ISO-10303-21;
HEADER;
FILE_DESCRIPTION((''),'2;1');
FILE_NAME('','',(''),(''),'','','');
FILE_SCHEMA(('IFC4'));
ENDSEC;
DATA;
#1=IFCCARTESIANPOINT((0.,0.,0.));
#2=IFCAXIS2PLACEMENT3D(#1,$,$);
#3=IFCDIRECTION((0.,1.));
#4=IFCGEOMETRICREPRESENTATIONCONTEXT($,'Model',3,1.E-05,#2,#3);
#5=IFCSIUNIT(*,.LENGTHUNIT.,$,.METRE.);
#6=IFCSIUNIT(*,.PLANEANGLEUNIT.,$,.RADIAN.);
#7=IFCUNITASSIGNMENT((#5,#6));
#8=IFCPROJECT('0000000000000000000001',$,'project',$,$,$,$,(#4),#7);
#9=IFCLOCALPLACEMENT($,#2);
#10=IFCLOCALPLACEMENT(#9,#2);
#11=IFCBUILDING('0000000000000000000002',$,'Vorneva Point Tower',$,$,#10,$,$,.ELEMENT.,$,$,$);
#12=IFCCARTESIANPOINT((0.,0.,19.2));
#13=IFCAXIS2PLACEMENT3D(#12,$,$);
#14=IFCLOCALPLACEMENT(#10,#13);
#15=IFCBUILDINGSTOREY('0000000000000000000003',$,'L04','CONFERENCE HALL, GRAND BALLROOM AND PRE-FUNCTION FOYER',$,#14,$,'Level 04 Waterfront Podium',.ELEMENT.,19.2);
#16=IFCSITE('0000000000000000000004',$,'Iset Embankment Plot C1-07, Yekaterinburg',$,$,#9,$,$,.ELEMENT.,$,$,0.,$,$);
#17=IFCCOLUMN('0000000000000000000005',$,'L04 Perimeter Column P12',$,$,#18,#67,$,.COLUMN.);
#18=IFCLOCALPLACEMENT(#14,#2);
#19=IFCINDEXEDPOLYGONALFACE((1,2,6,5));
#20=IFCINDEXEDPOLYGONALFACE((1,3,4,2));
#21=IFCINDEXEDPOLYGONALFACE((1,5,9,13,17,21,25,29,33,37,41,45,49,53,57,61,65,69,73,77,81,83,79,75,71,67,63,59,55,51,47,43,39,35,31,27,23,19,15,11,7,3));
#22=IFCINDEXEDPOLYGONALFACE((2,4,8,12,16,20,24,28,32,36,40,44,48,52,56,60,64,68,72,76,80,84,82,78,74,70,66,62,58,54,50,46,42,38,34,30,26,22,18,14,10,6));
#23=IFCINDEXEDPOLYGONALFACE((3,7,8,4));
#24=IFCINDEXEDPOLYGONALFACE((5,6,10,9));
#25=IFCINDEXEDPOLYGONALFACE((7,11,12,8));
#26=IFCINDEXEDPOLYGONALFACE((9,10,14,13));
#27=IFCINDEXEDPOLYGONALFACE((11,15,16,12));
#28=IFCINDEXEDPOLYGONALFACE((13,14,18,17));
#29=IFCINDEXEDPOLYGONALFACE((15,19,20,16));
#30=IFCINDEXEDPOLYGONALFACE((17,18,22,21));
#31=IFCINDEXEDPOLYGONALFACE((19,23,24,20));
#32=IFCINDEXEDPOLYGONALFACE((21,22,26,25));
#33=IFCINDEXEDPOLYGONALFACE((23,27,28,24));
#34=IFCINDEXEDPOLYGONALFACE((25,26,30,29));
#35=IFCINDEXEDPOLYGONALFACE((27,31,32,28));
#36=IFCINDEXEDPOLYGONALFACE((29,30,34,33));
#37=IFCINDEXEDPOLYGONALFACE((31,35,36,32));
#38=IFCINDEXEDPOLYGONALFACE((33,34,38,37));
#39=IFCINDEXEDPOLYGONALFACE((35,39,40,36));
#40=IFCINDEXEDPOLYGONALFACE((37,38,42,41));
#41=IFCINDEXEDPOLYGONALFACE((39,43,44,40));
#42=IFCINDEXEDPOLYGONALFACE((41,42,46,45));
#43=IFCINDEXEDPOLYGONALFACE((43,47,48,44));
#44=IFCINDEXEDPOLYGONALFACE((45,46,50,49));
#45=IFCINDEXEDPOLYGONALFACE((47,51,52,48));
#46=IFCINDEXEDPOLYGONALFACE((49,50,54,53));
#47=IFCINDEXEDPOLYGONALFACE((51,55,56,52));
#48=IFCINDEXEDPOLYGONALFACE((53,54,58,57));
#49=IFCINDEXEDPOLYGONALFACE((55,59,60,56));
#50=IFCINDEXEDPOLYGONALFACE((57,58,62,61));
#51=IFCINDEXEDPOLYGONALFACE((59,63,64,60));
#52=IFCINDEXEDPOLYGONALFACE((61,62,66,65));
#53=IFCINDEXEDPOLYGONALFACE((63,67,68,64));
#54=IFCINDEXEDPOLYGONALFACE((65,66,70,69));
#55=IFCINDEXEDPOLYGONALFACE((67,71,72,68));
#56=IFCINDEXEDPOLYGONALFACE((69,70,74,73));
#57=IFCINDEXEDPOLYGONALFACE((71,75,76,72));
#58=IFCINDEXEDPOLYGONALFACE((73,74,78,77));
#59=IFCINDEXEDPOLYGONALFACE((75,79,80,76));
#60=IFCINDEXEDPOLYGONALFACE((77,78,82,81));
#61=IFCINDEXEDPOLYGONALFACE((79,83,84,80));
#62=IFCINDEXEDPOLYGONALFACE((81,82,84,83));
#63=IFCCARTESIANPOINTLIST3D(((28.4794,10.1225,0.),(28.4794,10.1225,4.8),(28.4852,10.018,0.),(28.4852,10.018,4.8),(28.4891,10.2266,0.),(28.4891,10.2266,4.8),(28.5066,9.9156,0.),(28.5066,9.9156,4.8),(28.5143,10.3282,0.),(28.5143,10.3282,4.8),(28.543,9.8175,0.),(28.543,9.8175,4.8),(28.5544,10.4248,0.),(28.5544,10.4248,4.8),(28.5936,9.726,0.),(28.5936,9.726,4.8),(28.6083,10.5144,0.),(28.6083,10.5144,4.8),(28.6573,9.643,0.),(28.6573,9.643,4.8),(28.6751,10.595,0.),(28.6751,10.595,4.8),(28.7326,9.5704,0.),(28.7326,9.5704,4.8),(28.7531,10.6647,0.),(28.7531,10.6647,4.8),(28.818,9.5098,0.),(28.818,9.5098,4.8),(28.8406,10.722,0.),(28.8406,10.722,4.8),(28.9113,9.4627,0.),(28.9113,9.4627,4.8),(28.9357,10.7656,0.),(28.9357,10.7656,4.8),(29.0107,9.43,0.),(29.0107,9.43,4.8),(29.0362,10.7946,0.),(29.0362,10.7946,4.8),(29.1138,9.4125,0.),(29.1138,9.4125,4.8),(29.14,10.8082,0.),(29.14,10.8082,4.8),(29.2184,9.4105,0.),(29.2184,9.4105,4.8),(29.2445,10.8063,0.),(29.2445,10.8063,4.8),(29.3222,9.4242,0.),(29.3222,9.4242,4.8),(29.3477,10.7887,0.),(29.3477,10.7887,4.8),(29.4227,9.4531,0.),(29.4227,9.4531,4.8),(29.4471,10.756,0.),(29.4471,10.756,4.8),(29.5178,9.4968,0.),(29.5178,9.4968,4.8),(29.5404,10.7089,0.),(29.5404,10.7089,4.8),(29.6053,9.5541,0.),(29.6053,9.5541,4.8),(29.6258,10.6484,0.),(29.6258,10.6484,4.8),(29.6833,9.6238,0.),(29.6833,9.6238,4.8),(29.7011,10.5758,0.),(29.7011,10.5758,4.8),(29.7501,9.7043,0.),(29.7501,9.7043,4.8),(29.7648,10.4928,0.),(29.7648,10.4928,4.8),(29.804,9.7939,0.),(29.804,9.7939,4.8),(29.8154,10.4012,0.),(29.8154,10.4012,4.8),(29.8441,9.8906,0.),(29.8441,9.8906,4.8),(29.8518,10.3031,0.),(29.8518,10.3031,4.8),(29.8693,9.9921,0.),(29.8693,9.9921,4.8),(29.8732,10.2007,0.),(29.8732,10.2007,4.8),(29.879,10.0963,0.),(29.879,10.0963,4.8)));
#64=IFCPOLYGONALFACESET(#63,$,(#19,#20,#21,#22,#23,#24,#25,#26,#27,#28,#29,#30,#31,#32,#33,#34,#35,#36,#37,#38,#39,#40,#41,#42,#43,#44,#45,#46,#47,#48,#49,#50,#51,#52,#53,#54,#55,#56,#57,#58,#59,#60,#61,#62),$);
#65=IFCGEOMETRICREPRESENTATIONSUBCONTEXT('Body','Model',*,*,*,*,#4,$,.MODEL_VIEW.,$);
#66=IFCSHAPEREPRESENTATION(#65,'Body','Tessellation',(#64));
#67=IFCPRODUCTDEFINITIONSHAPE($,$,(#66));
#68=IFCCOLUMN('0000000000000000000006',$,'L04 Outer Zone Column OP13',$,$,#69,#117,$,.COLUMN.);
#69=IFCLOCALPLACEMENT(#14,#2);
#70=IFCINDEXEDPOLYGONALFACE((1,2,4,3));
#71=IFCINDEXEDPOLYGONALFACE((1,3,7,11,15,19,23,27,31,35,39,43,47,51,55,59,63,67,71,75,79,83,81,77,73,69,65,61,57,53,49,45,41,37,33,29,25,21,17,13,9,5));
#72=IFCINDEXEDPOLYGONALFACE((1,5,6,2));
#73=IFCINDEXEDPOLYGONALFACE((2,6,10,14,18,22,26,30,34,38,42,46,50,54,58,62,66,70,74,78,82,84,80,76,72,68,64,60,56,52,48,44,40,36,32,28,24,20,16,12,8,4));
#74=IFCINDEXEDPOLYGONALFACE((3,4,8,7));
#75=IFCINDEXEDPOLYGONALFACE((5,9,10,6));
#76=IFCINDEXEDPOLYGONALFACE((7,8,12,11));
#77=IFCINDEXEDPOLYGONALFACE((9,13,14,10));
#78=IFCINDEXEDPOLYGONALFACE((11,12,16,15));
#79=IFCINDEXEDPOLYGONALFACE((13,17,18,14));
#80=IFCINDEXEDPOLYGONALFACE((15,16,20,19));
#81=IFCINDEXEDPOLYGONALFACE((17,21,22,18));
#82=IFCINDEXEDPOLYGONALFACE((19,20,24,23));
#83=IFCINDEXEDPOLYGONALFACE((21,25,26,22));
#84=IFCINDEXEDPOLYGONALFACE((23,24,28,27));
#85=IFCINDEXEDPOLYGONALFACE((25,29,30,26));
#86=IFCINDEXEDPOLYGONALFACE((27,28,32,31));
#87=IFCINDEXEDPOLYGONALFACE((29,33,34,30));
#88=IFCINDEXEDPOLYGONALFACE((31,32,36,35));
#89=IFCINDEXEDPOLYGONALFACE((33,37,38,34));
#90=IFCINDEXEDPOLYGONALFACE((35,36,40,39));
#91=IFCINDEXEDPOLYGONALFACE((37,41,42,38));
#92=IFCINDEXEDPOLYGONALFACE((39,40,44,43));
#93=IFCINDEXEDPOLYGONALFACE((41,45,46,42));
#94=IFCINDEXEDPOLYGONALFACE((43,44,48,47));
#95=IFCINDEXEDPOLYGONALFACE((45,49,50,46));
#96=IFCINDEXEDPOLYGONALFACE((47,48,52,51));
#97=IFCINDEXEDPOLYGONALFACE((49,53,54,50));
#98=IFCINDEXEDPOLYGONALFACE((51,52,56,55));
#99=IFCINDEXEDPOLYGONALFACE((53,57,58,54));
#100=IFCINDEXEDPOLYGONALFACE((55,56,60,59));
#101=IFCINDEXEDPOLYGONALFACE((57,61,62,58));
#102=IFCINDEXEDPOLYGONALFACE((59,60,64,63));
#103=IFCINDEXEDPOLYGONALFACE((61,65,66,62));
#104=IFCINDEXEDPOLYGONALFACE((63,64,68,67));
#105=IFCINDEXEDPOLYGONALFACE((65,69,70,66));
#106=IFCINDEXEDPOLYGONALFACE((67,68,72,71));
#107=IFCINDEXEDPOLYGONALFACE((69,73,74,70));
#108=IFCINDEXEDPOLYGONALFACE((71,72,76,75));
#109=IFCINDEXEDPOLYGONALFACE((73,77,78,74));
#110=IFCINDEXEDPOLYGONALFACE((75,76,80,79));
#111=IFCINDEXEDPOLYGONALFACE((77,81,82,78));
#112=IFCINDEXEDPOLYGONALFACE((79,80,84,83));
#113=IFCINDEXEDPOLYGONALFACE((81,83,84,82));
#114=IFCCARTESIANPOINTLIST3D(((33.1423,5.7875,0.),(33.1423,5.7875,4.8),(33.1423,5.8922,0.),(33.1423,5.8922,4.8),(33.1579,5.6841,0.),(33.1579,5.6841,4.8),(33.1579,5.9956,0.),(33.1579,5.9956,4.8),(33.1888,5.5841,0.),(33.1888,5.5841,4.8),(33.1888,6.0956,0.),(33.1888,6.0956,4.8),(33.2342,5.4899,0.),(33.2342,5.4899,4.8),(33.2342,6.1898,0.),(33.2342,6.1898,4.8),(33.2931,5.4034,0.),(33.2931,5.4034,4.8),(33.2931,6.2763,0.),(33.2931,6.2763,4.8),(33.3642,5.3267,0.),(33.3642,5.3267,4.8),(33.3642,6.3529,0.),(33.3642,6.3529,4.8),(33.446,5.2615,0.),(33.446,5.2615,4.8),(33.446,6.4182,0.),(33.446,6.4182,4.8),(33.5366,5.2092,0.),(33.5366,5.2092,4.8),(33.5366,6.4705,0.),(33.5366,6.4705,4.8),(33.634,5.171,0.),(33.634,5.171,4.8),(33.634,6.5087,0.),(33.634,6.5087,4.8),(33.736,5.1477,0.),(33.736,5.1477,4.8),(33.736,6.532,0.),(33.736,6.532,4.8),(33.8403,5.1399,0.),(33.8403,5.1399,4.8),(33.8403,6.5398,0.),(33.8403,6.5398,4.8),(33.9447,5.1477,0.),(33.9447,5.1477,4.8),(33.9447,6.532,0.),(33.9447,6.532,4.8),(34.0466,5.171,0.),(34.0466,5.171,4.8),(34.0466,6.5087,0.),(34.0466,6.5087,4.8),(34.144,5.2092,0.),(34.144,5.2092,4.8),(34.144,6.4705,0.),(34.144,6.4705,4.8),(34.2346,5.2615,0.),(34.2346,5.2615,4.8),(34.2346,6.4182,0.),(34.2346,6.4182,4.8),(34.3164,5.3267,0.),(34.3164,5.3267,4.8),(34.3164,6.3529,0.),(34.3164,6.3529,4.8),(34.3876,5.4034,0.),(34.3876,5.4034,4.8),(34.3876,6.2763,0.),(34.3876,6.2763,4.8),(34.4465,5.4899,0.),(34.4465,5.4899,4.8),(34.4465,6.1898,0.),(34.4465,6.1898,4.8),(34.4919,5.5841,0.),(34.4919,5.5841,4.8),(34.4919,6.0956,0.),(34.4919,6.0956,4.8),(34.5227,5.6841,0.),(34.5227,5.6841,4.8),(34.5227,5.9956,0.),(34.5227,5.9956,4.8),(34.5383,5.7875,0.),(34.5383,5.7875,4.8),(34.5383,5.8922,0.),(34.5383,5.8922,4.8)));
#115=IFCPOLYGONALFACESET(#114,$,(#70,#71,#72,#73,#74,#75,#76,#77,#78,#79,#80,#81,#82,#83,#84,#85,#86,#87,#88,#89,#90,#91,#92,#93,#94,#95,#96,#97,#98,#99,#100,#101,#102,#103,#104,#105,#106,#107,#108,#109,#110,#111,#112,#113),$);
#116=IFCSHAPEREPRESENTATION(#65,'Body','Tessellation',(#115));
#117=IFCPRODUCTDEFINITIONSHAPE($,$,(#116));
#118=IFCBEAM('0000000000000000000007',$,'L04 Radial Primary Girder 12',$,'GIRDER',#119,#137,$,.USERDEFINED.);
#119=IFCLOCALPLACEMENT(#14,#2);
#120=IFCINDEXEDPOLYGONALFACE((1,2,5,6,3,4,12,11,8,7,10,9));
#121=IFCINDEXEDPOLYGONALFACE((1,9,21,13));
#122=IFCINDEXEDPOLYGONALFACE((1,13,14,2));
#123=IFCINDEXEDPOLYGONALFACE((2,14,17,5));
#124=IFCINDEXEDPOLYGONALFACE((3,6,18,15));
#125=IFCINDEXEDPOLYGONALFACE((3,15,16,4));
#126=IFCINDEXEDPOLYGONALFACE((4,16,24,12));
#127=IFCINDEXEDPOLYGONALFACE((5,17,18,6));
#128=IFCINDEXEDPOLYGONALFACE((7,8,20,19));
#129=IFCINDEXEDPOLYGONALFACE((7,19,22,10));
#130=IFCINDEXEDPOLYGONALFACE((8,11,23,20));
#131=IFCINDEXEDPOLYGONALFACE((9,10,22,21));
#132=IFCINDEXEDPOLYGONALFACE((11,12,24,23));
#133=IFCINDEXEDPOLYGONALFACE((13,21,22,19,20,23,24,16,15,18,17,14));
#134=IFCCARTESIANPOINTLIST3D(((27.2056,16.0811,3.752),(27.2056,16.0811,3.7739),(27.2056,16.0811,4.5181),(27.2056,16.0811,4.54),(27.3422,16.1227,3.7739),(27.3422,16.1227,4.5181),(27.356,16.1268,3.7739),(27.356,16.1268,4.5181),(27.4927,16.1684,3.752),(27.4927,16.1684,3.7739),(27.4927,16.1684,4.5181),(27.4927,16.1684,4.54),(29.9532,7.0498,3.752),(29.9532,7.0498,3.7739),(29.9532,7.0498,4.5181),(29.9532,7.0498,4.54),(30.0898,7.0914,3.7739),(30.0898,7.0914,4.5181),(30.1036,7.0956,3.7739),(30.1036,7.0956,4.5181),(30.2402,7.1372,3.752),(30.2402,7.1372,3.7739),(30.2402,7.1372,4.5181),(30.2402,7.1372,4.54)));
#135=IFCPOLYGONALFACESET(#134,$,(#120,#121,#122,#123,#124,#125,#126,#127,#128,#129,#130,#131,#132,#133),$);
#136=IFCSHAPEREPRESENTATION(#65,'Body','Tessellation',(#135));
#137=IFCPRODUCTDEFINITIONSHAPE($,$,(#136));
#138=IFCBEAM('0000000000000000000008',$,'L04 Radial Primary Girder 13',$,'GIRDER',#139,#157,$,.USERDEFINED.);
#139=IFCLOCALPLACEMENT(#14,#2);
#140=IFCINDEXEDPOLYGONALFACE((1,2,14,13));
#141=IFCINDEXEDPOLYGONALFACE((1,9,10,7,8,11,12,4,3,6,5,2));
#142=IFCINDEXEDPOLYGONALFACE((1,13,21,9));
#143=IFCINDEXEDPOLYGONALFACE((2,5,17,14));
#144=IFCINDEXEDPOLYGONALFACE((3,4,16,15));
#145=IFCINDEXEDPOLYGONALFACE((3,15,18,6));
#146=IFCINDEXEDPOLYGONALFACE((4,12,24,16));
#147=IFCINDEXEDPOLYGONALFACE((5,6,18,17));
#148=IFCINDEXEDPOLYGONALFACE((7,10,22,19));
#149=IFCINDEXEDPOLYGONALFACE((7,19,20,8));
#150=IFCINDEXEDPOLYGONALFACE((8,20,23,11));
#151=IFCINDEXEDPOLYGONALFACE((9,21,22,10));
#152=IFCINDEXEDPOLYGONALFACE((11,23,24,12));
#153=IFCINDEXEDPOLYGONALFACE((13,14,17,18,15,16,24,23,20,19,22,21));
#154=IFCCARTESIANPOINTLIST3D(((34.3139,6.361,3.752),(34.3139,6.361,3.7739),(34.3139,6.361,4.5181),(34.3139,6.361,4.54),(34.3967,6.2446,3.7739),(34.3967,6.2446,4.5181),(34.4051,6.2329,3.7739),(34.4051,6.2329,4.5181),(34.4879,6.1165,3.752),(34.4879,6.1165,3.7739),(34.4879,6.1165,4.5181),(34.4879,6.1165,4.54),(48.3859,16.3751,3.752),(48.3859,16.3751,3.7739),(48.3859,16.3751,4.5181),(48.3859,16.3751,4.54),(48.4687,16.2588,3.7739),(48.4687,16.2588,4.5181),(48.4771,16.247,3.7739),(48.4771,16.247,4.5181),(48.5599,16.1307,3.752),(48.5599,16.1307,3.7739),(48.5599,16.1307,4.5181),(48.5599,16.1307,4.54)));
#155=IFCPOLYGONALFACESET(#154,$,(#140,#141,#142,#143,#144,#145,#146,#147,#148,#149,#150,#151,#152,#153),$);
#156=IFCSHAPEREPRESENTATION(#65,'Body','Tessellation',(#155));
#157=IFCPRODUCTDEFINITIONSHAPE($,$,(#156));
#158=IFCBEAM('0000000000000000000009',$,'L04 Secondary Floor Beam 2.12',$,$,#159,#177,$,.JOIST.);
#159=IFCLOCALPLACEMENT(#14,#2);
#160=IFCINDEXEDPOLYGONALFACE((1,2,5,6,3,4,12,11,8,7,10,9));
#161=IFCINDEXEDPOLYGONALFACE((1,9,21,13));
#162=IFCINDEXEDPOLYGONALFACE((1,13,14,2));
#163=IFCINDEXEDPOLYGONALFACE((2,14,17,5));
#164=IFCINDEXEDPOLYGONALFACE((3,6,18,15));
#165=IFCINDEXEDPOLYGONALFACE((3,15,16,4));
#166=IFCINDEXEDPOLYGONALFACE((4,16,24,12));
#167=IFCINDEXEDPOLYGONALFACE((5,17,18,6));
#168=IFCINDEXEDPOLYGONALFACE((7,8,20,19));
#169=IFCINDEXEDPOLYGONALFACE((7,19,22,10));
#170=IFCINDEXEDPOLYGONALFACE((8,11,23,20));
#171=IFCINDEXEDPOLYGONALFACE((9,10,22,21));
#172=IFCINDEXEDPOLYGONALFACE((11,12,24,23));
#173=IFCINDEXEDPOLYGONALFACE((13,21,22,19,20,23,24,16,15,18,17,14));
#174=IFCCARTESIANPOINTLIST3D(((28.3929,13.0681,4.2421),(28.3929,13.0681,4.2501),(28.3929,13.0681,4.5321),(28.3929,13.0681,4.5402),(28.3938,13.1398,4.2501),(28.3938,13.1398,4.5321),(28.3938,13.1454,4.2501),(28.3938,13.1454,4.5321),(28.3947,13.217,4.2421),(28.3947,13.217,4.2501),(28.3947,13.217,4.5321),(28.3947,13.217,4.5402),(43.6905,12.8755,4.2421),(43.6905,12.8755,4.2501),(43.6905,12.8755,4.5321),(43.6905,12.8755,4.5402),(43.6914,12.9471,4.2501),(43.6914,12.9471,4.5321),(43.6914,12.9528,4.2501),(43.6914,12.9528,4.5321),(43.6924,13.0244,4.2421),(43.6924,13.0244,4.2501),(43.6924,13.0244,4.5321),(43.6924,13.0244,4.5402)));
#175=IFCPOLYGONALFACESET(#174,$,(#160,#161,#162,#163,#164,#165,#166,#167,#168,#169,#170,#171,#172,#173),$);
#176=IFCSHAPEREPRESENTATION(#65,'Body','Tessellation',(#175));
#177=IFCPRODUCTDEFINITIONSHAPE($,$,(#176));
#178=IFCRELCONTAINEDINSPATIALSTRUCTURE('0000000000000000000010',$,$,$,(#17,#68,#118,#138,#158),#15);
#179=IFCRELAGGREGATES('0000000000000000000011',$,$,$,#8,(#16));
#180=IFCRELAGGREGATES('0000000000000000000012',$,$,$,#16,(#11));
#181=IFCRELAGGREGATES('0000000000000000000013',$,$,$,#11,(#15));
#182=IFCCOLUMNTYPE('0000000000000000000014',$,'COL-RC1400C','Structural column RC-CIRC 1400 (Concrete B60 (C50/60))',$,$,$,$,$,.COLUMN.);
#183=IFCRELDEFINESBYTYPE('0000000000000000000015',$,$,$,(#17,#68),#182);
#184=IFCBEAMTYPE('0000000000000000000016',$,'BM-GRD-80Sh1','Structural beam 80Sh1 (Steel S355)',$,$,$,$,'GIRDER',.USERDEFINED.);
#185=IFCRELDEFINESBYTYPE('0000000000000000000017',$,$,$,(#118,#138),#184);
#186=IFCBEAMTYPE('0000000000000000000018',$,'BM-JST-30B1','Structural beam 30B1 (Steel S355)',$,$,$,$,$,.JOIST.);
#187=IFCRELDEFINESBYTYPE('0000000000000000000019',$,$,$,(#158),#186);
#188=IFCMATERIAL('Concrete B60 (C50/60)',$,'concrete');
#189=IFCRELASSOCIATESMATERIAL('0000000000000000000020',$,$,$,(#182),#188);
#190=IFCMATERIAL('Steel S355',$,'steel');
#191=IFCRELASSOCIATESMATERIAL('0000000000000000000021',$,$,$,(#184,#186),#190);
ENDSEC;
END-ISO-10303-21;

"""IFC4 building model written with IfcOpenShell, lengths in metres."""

from ifc_helpers import new_model, si_unit, direction, frame, origin, origin_2d, place, context, subcontext, project, spatial, circle, i_section, extrude, material, material_profile, profile_set, type_object, element, save


model = new_model("IFC4")

# Units and contexts
model_context = context("Model", 3, precision=1e-05, world=origin(), true_north=direction((0.0, 1.0)))
body_context = subcontext(model_context, "Body", "Model", "MODEL_VIEW")
ifc_project = project(units=[si_unit("LENGTHUNIT", "METRE"), si_unit("PLANEANGLEUNIT", "RADIAN")], contexts=[model_context])

# Site, building, storey
site_placement = place(None, origin())
site = spatial("IfcSite", under=ifc_project, at=site_placement, Name="Iset Embankment Plot C1-07, Yekaterinburg", CompositionType="ELEMENT", RefElevation=0.0)
building_placement = place(site_placement, origin())
building = spatial("IfcBuilding", under=site, at=building_placement, Name="Vorneva Point Tower", CompositionType="ELEMENT")
storey_placement = place(building_placement, frame((0.0, 0.0, 19.2)))
storey = spatial("IfcBuildingStorey", under=building, at=storey_placement, Name="L04", Description="CONFERENCE HALL, GRAND BALLROOM AND PRE-FUNCTION FOYER", LongName="Level 04 Waterfront Podium", CompositionType="ELEMENT", Elevation=19.2)

# Columns
ifc_material_1 = material(Name="Concrete B60 (C50/60)", Category="concrete")
ifc_material_profile_1 = material_profile(ifc_material_1, circle(Radius=0.7, at=origin_2d()), Name="RC-CIRC 1400")
ifc_profile_set_1 = profile_set([ifc_material_profile_1], Name="Concrete B60 (C50/60)")
column_type = type_object("IfcColumnType", Name="COL-RC1400C", Description="Structural column RC-CIRC 1400 (Concrete B60 (C50/60))", PredefinedType="COLUMN", material=ifc_profile_set_1)
for number, where, z_axis, x_axis, name in (
    (1, (29.1792, 10.1094, 0.0), (0.0, 0.0, 1.0), (-0.382683, -0.92388, 0.0), "L04 Perimeter Column P12"),
    (2, (33.8403, 5.8398, 0.0), (0.0, 0.0, 1.0), (0.0, -1.0, 0.0), "L04 Outer Zone Column OP13"),
):
    element("IfcColumn", number, at=place(storey_placement, frame(where, z_axis=z_axis, x_axis=x_axis)), inside=storey, type_object=column_type, Name=name, PredefinedType="COLUMN", context=body_context, shape_type="SweptSolid", body=[
        extrude(circle(Radius=0.7, at=origin_2d()), origin(), (0.0, 0.0, 1.0), 4.8),
    ])

# Beams
ifc_material_2 = material(Name="Steel S355", Category="steel")
ifc_material_profile_2 = material_profile(ifc_material_2, i_section(OverallWidth=0.3, OverallDepth=0.7881, WebThickness=0.0144, FlangeThickness=0.022, at=origin_2d()), Name="80Sh1")
ifc_profile_set_2 = profile_set([ifc_material_profile_2], Name="Steel S355")
beam_type_1 = type_object("IfcBeamType", Name="BM-GRD-80Sh1", Description="Structural beam 80Sh1 (Steel S355)", ElementType="GIRDER", PredefinedType="USERDEFINED", material=ifc_profile_set_2)
beam_1_placement = place(storey_placement, frame((30.0967, 7.0935, 4.146), z_axis=(-0.291057, 0.956706, 0.0), x_axis=(-0.956706, -0.291057, 0.0)))
element("IfcBeam", 3, at=beam_1_placement, inside=storey, type_object=beam_type_1, Name="L04 Radial Primary Girder 12", ObjectType="GIRDER", PredefinedType="USERDEFINED", context=body_context, shape_type="SweptSolid", body=[
    extrude(i_section(OverallWidth=0.3, OverallDepth=0.7881, WebThickness=0.0144, FlangeThickness=0.022, at=origin_2d()), origin(), (0.0, 0.0, 1.0), 9.4399),
])
beam_2_placement = place(storey_placement, frame((34.4009, 6.2388, 4.146), z_axis=(0.814753, 0.579808, 0.0), x_axis=(-0.579808, 0.814753, 0.0)))
element("IfcBeam", 4, at=beam_2_placement, inside=storey, type_object=beam_type_1, Name="L04 Radial Primary Girder 13", ObjectType="GIRDER", PredefinedType="USERDEFINED", context=body_context, shape_type="SweptSolid", body=[
    extrude(i_section(OverallWidth=0.3, OverallDepth=0.7881, WebThickness=0.0144, FlangeThickness=0.022, at=origin_2d()), origin(), (0.0, 0.0, 1.0), 17.2715),
])
ifc_material_profile_3 = material_profile(ifc_material_2, i_section(OverallWidth=0.1489, OverallDepth=0.2981, WebThickness=0.0056, FlangeThickness=0.0081, at=origin_2d()), Name="30B1")
ifc_profile_set_3 = profile_set([ifc_material_profile_3], Name="Steel S355")
beam_type_2 = type_object("IfcBeamType", Name="BM-JST-30B1", Description="Structural beam 30B1 (Steel S355)", PredefinedType="JOIST", material=ifc_profile_set_3)
beam_3_placement = place(storey_placement, frame((28.3938, 13.1426, 4.3911), z_axis=(0.999921, -0.012591, 0.0), x_axis=(0.012591, 0.999921, 0.0)))
element("IfcBeam", 5, at=beam_3_placement, inside=storey, type_object=beam_type_2, Name="L04 Secondary Floor Beam 2.12", PredefinedType="JOIST", context=body_context, shape_type="SweptSolid", body=[
    extrude(i_section(OverallWidth=0.1489, OverallDepth=0.2981, WebThickness=0.0056, FlangeThickness=0.0081, at=origin_2d()), origin(), (0.0, 0.0, 1.0), 15.2988),
])

save(model, "model.ifc")
